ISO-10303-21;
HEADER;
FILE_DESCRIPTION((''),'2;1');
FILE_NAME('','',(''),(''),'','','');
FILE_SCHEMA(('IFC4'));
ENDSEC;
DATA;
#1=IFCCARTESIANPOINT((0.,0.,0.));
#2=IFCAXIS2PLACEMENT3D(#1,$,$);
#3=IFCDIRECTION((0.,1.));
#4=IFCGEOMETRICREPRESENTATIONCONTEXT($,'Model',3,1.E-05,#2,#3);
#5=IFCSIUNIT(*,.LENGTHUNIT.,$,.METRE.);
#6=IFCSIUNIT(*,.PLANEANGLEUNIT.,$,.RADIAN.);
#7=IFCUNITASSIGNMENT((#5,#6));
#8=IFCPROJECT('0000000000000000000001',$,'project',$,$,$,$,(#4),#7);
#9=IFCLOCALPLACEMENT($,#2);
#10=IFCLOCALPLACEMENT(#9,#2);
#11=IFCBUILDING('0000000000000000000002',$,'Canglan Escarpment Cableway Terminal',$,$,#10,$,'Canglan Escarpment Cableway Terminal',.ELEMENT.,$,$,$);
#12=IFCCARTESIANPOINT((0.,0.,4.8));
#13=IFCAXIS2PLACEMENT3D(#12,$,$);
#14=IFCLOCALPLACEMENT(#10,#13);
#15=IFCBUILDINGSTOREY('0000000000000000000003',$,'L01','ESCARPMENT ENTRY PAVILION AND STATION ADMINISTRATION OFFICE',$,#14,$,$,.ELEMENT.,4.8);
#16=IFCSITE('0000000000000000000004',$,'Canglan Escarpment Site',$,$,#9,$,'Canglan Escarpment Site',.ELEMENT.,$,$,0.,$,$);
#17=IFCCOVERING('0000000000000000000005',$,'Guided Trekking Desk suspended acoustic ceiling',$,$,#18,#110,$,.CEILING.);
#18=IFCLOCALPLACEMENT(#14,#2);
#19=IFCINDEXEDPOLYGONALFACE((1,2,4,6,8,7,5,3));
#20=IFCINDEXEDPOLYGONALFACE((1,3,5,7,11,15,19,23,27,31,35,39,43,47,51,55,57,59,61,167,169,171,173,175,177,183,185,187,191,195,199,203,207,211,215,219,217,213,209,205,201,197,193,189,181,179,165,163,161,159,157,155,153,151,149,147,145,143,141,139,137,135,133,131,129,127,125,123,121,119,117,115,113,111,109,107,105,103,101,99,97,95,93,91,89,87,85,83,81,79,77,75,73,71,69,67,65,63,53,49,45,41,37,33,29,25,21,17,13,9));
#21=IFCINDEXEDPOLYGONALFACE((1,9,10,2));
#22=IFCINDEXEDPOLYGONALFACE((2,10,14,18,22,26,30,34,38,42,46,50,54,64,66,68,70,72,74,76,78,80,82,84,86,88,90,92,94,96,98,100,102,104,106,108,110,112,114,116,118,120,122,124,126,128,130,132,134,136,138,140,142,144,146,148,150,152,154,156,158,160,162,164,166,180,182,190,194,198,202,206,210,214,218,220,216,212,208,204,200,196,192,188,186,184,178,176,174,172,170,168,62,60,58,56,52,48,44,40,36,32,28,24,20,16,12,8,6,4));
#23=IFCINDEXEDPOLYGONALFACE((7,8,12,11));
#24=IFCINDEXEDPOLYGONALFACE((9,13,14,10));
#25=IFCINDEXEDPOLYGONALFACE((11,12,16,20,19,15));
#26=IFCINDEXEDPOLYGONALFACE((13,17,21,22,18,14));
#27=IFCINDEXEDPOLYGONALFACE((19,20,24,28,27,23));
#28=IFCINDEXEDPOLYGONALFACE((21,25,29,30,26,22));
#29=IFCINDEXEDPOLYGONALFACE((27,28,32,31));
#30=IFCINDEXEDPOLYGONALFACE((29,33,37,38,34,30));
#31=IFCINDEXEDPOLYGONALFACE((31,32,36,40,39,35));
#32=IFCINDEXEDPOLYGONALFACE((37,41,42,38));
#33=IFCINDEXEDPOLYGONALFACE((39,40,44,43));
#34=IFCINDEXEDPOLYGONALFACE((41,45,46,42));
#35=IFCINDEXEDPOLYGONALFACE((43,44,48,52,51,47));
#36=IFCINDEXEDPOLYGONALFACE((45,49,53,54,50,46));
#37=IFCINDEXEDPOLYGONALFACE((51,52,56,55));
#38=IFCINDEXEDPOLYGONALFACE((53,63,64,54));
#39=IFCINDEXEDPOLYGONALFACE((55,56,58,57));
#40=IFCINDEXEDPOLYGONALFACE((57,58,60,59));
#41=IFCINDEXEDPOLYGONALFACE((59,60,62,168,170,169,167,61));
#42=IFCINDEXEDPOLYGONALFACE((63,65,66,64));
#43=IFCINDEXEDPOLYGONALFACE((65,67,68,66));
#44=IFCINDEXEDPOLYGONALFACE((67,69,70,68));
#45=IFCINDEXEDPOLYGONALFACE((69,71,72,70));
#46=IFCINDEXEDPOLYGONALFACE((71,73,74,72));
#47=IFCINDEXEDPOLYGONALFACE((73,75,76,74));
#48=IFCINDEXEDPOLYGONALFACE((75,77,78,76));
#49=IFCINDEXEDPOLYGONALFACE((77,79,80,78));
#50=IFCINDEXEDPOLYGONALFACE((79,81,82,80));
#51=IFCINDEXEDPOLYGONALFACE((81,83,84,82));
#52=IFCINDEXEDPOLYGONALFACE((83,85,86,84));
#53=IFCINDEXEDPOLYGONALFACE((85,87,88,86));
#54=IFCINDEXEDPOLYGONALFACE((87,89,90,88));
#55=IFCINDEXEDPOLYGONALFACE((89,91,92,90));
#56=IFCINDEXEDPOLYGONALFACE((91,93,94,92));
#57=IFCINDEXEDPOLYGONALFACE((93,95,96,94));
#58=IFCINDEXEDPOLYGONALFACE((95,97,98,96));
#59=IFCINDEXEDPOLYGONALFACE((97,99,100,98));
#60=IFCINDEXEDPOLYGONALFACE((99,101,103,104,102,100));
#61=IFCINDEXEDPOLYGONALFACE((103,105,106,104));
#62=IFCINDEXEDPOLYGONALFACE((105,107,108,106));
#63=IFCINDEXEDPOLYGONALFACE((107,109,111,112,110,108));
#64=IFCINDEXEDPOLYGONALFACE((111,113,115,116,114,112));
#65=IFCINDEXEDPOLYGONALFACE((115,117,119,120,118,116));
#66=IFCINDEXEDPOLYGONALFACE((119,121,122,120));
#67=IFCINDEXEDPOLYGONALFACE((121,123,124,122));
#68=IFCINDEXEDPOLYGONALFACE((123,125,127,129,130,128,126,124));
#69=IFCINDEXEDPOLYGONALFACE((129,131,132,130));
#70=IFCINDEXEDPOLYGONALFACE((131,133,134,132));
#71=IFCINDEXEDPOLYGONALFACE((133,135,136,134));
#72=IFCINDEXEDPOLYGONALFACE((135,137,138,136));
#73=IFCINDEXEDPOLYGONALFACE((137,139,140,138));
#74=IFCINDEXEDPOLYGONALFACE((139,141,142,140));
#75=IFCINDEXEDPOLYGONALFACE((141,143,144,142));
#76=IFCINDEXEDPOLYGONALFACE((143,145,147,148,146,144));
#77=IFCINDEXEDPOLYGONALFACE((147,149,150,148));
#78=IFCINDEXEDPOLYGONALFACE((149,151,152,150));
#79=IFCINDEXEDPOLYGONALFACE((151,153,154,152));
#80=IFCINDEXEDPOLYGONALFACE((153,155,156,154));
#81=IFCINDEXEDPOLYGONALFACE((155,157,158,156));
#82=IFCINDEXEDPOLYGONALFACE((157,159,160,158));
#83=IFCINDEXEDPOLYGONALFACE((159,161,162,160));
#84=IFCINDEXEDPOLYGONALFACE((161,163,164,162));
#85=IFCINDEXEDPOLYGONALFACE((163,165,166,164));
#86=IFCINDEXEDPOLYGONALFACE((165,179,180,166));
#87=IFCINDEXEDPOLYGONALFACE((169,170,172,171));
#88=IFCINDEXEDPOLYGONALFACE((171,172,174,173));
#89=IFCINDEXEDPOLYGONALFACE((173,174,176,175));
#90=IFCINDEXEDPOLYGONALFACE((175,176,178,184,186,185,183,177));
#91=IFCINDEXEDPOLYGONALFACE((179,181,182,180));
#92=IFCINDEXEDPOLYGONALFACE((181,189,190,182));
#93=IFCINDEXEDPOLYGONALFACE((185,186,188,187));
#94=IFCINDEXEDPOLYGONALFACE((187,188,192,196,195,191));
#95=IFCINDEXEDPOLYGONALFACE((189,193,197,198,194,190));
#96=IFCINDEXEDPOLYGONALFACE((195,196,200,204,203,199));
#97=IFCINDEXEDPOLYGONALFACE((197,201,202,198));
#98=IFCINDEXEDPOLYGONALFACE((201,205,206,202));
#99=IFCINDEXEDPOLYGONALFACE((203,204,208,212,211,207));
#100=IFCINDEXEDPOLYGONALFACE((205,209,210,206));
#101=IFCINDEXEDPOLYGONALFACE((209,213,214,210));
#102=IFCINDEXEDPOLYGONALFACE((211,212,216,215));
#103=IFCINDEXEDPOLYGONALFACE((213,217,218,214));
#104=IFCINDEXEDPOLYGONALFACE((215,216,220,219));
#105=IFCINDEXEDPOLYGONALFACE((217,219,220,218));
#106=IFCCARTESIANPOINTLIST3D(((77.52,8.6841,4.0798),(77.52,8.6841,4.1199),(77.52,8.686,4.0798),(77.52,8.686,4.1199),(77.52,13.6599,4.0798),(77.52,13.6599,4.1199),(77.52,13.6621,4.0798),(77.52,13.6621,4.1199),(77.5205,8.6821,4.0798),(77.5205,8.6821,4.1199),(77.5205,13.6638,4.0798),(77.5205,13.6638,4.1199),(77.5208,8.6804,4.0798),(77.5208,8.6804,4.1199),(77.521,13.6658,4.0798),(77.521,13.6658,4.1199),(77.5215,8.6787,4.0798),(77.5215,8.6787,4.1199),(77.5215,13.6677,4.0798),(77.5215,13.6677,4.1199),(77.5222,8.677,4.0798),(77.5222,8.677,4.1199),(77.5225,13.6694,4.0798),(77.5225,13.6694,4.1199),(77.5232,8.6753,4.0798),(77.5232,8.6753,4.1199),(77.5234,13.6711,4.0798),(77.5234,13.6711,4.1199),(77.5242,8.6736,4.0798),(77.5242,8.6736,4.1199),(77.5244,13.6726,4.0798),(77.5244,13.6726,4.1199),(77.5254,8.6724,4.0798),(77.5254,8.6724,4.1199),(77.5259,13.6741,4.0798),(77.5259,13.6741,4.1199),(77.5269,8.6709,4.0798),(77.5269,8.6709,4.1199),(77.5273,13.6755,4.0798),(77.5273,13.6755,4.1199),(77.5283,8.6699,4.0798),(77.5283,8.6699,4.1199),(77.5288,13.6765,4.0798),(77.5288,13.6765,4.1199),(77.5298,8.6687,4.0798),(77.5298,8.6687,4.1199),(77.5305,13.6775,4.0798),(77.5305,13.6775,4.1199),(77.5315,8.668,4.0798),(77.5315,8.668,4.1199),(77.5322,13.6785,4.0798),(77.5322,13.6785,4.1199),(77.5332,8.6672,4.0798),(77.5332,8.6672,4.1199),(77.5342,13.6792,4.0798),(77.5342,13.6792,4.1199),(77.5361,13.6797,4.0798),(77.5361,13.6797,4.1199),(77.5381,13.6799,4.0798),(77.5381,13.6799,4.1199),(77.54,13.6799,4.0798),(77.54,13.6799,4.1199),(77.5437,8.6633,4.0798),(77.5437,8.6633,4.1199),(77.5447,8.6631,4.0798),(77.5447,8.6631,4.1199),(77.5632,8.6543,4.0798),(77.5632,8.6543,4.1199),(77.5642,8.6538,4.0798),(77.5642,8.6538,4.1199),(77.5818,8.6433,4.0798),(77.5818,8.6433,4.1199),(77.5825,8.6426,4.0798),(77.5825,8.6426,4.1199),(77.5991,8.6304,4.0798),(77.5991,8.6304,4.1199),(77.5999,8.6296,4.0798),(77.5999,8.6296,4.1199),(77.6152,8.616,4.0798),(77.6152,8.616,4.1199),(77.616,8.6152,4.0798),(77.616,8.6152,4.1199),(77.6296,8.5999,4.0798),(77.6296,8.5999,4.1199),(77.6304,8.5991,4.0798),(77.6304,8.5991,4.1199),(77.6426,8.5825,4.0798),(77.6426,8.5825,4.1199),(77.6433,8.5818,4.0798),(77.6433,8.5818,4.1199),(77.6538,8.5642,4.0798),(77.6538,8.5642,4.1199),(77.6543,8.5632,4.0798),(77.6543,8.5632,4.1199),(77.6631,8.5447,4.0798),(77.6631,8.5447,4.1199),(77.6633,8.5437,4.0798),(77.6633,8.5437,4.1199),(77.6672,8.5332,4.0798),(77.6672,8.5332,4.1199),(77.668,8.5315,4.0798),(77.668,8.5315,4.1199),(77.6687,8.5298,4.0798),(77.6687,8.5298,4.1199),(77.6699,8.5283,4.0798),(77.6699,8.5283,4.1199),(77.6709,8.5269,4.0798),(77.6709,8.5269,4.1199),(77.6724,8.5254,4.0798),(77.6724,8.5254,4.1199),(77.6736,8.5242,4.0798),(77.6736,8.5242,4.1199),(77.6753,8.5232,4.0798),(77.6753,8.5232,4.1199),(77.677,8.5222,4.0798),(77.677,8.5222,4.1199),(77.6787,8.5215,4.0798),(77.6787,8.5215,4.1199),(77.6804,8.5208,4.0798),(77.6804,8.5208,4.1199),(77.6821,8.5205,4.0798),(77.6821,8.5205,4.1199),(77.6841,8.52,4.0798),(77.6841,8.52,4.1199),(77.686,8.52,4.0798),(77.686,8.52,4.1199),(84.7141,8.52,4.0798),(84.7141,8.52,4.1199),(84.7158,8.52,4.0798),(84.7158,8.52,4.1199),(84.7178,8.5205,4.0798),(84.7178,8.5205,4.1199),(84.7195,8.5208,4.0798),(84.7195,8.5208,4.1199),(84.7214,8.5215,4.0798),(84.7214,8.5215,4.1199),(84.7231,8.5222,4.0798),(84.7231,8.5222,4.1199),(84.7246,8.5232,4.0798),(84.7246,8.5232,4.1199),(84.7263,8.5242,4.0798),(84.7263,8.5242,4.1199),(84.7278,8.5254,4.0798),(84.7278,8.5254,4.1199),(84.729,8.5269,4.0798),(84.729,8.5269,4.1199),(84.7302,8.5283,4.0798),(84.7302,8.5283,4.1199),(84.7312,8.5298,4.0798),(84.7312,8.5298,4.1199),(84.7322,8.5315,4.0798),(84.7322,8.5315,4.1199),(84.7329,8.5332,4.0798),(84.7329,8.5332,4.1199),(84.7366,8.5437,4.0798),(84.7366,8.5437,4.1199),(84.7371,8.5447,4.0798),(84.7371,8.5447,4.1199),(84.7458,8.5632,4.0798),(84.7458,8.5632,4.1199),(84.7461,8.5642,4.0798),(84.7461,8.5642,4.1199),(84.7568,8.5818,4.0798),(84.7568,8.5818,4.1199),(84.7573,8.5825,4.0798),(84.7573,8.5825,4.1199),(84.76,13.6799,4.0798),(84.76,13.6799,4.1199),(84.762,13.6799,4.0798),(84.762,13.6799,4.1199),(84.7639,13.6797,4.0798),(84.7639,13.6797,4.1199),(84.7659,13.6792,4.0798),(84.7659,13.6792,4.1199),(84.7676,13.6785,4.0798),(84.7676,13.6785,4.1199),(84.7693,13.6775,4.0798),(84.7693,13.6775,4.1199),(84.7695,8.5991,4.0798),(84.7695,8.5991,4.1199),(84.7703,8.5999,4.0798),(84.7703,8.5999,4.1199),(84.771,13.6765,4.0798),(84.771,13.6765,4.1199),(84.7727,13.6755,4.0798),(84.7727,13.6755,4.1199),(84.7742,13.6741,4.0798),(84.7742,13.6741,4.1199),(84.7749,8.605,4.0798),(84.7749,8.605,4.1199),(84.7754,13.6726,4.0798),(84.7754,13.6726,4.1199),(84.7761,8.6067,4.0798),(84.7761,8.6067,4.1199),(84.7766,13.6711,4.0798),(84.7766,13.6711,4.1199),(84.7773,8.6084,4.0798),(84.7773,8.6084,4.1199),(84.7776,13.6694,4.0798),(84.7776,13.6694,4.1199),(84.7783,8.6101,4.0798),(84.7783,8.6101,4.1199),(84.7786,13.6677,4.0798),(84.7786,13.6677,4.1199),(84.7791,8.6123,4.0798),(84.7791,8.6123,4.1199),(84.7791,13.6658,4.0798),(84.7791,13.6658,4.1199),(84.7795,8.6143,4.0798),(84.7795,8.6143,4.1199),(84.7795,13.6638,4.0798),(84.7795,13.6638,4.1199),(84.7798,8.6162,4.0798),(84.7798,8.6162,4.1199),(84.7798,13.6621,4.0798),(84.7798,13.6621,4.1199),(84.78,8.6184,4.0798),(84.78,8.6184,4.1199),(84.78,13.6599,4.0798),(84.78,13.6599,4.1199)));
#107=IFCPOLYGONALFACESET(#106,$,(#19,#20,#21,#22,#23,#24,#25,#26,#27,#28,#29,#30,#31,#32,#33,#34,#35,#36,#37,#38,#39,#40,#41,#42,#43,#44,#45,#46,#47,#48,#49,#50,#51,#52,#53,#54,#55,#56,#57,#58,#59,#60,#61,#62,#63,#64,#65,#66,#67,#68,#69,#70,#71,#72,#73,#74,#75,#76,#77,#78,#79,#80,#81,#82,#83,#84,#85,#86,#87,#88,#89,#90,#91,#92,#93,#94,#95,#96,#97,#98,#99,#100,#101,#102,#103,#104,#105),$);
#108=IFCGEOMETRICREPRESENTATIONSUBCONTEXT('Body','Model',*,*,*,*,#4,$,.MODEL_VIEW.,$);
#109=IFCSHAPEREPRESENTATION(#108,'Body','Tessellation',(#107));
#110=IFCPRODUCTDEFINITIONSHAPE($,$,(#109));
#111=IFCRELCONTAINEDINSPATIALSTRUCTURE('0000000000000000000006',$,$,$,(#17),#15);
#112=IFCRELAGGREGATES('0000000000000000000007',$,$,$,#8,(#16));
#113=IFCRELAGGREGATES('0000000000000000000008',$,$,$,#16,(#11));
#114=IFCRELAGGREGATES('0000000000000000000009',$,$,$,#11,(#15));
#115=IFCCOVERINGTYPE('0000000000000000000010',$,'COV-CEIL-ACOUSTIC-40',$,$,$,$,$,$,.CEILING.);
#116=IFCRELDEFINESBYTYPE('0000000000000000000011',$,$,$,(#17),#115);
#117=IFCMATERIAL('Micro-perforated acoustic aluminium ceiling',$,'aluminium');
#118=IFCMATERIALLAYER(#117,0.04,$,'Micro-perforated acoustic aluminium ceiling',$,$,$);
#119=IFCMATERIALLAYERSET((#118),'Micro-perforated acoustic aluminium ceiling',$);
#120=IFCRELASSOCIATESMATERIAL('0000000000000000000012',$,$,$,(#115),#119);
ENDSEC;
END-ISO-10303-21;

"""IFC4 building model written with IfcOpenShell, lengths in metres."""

from ifc_helpers import new_model, si_unit, direction, frame, origin, place, context, subcontext, project, spatial, polyline, outline, extrude, material, layer, layer_set, type_object, element, save


model = new_model("IFC4")

# Units and contexts
model_context = context("Model", 3, precision=1e-05, world=origin(), true_north=direction((0.0, 1.0)))
body_context = subcontext(model_context, "Body", "Model", "MODEL_VIEW")
ifc_project = project(units=[si_unit("LENGTHUNIT", "METRE"), si_unit("PLANEANGLEUNIT", "RADIAN")], contexts=[model_context])

# Site, building, storey
site_placement = place(None, origin())
site = spatial("IfcSite", under=ifc_project, at=site_placement, Name="Canglan Escarpment Site", LongName="Canglan Escarpment Site", CompositionType="ELEMENT", RefElevation=0.0)
building_placement = place(site_placement, origin())
building = spatial("IfcBuilding", under=site, at=building_placement, Name="Canglan Escarpment Cableway Terminal", LongName="Canglan Escarpment Cableway Terminal", CompositionType="ELEMENT")
storey_placement = place(building_placement, frame((0.0, 0.0, 4.8)))
storey = spatial("IfcBuildingStorey", under=building, at=storey_placement, Name="L01", Description="ESCARPMENT ENTRY PAVILION AND STATION ADMINISTRATION OFFICE", CompositionType="ELEMENT", Elevation=4.8)

# Covering
ifc_material_1 = material(Name="Micro-perforated acoustic aluminium ceiling", Category="aluminium")
ifc_layer_1 = layer(ifc_material_1, 0.04, Name="Micro-perforated acoustic aluminium ceiling")
ifc_layer_set_1 = layer_set([ifc_layer_1], Name="Micro-perforated acoustic aluminium ceiling")
covering_type_1 = type_object("IfcCoveringType", Name="COV-CEIL-ACOUSTIC-40", PredefinedType="CEILING", material=ifc_layer_set_1)
covering_1_placement = place(storey_placement, frame((0.0, 0.0, 4.0798)))
element("IfcCovering", 1, at=covering_1_placement, inside=storey, type_object=covering_type_1, Name="Guided Trekking Desk suspended acoustic ceiling", PredefinedType="CEILING", context=body_context, shape_type="SweptSolid", body=[
    extrude(outline(polyline([(77.5332, 8.6672), (77.5315, 8.668), (77.5298, 8.6687), (77.5283, 8.6699), (77.5269, 8.6709), (77.5254, 8.6724), (77.5242, 8.6736), (77.5232, 8.6753), (77.5222, 8.677), (77.5215, 8.6787), (77.5208, 8.6804), (77.5205, 8.6821), (77.52, 8.6841), (77.52, 8.686), (77.52, 13.6599), (77.52, 13.6621), (77.5205, 13.6638), (77.521, 13.6658), (77.5215, 13.6677), (77.5225, 13.6694), (77.5234, 13.6711), (77.5244, 13.6726), (77.5259, 13.6741), (77.5273, 13.6755), (77.5288, 13.6765), (77.5305, 13.6775), (77.5322, 13.6785), (77.5342, 13.6792), (77.5361, 13.6797), (77.5381, 13.6799), (77.54, 13.6799), (84.76, 13.6799), (84.762, 13.6799), (84.7639, 13.6797), (84.7659, 13.6792), (84.7676, 13.6785), (84.7693, 13.6775), (84.771, 13.6765), (84.7727, 13.6755), (84.7742, 13.6741), (84.7754, 13.6726), (84.7766, 13.6711), (84.7776, 13.6694), (84.7786, 13.6677), (84.7791, 13.6658), (84.7795, 13.6638), (84.7798, 13.6621), (84.78, 13.6599), (84.78, 8.6184), (84.7798, 8.6162), (84.7795, 8.6143), (84.7791, 8.6123), (84.7783, 8.6101), (84.7773, 8.6084), (84.7761, 8.6067), (84.7749, 8.605), (84.7703, 8.5999), (84.7695, 8.5991), (84.7573, 8.5825), (84.7568, 8.5818), (84.7461, 8.5642), (84.7458, 8.5632), (84.7371, 8.5447), (84.7366, 8.5437), (84.7329, 8.5332), (84.7322, 8.5315), (84.7312, 8.5298), (84.7302, 8.5283), (84.729, 8.5269), (84.7278, 8.5254), (84.7263, 8.5242), (84.7246, 8.5232), (84.7231, 8.5222), (84.7214, 8.5215), (84.7195, 8.5208), (84.7178, 8.5205), (84.7158, 8.52), (84.7141, 8.52), (77.686, 8.52), (77.6841, 8.52), (77.6821, 8.5205), (77.6804, 8.5208), (77.6787, 8.5215), (77.677, 8.5222), (77.6753, 8.5232), (77.6736, 8.5242), (77.6724, 8.5254), (77.6709, 8.5269), (77.6699, 8.5283), (77.6687, 8.5298), (77.668, 8.5315), (77.6672, 8.5332), (77.6633, 8.5437), (77.6631, 8.5447), (77.6543, 8.5632), (77.6538, 8.5642), (77.6433, 8.5818), (77.6426, 8.5825), (77.6304, 8.5991), (77.6296, 8.5999), (77.616, 8.6152), (77.6152, 8.616), (77.5999, 8.6296), (77.5991, 8.6304), (77.5825, 8.6426), (77.5818, 8.6433), (77.5642, 8.6538), (77.5632, 8.6543), (77.5447, 8.6631), (77.5437, 8.6633), (77.5332, 8.6672)])), origin(), (0.0, 0.0, 1.0), 0.04),
])

save(model, "model.ifc")
